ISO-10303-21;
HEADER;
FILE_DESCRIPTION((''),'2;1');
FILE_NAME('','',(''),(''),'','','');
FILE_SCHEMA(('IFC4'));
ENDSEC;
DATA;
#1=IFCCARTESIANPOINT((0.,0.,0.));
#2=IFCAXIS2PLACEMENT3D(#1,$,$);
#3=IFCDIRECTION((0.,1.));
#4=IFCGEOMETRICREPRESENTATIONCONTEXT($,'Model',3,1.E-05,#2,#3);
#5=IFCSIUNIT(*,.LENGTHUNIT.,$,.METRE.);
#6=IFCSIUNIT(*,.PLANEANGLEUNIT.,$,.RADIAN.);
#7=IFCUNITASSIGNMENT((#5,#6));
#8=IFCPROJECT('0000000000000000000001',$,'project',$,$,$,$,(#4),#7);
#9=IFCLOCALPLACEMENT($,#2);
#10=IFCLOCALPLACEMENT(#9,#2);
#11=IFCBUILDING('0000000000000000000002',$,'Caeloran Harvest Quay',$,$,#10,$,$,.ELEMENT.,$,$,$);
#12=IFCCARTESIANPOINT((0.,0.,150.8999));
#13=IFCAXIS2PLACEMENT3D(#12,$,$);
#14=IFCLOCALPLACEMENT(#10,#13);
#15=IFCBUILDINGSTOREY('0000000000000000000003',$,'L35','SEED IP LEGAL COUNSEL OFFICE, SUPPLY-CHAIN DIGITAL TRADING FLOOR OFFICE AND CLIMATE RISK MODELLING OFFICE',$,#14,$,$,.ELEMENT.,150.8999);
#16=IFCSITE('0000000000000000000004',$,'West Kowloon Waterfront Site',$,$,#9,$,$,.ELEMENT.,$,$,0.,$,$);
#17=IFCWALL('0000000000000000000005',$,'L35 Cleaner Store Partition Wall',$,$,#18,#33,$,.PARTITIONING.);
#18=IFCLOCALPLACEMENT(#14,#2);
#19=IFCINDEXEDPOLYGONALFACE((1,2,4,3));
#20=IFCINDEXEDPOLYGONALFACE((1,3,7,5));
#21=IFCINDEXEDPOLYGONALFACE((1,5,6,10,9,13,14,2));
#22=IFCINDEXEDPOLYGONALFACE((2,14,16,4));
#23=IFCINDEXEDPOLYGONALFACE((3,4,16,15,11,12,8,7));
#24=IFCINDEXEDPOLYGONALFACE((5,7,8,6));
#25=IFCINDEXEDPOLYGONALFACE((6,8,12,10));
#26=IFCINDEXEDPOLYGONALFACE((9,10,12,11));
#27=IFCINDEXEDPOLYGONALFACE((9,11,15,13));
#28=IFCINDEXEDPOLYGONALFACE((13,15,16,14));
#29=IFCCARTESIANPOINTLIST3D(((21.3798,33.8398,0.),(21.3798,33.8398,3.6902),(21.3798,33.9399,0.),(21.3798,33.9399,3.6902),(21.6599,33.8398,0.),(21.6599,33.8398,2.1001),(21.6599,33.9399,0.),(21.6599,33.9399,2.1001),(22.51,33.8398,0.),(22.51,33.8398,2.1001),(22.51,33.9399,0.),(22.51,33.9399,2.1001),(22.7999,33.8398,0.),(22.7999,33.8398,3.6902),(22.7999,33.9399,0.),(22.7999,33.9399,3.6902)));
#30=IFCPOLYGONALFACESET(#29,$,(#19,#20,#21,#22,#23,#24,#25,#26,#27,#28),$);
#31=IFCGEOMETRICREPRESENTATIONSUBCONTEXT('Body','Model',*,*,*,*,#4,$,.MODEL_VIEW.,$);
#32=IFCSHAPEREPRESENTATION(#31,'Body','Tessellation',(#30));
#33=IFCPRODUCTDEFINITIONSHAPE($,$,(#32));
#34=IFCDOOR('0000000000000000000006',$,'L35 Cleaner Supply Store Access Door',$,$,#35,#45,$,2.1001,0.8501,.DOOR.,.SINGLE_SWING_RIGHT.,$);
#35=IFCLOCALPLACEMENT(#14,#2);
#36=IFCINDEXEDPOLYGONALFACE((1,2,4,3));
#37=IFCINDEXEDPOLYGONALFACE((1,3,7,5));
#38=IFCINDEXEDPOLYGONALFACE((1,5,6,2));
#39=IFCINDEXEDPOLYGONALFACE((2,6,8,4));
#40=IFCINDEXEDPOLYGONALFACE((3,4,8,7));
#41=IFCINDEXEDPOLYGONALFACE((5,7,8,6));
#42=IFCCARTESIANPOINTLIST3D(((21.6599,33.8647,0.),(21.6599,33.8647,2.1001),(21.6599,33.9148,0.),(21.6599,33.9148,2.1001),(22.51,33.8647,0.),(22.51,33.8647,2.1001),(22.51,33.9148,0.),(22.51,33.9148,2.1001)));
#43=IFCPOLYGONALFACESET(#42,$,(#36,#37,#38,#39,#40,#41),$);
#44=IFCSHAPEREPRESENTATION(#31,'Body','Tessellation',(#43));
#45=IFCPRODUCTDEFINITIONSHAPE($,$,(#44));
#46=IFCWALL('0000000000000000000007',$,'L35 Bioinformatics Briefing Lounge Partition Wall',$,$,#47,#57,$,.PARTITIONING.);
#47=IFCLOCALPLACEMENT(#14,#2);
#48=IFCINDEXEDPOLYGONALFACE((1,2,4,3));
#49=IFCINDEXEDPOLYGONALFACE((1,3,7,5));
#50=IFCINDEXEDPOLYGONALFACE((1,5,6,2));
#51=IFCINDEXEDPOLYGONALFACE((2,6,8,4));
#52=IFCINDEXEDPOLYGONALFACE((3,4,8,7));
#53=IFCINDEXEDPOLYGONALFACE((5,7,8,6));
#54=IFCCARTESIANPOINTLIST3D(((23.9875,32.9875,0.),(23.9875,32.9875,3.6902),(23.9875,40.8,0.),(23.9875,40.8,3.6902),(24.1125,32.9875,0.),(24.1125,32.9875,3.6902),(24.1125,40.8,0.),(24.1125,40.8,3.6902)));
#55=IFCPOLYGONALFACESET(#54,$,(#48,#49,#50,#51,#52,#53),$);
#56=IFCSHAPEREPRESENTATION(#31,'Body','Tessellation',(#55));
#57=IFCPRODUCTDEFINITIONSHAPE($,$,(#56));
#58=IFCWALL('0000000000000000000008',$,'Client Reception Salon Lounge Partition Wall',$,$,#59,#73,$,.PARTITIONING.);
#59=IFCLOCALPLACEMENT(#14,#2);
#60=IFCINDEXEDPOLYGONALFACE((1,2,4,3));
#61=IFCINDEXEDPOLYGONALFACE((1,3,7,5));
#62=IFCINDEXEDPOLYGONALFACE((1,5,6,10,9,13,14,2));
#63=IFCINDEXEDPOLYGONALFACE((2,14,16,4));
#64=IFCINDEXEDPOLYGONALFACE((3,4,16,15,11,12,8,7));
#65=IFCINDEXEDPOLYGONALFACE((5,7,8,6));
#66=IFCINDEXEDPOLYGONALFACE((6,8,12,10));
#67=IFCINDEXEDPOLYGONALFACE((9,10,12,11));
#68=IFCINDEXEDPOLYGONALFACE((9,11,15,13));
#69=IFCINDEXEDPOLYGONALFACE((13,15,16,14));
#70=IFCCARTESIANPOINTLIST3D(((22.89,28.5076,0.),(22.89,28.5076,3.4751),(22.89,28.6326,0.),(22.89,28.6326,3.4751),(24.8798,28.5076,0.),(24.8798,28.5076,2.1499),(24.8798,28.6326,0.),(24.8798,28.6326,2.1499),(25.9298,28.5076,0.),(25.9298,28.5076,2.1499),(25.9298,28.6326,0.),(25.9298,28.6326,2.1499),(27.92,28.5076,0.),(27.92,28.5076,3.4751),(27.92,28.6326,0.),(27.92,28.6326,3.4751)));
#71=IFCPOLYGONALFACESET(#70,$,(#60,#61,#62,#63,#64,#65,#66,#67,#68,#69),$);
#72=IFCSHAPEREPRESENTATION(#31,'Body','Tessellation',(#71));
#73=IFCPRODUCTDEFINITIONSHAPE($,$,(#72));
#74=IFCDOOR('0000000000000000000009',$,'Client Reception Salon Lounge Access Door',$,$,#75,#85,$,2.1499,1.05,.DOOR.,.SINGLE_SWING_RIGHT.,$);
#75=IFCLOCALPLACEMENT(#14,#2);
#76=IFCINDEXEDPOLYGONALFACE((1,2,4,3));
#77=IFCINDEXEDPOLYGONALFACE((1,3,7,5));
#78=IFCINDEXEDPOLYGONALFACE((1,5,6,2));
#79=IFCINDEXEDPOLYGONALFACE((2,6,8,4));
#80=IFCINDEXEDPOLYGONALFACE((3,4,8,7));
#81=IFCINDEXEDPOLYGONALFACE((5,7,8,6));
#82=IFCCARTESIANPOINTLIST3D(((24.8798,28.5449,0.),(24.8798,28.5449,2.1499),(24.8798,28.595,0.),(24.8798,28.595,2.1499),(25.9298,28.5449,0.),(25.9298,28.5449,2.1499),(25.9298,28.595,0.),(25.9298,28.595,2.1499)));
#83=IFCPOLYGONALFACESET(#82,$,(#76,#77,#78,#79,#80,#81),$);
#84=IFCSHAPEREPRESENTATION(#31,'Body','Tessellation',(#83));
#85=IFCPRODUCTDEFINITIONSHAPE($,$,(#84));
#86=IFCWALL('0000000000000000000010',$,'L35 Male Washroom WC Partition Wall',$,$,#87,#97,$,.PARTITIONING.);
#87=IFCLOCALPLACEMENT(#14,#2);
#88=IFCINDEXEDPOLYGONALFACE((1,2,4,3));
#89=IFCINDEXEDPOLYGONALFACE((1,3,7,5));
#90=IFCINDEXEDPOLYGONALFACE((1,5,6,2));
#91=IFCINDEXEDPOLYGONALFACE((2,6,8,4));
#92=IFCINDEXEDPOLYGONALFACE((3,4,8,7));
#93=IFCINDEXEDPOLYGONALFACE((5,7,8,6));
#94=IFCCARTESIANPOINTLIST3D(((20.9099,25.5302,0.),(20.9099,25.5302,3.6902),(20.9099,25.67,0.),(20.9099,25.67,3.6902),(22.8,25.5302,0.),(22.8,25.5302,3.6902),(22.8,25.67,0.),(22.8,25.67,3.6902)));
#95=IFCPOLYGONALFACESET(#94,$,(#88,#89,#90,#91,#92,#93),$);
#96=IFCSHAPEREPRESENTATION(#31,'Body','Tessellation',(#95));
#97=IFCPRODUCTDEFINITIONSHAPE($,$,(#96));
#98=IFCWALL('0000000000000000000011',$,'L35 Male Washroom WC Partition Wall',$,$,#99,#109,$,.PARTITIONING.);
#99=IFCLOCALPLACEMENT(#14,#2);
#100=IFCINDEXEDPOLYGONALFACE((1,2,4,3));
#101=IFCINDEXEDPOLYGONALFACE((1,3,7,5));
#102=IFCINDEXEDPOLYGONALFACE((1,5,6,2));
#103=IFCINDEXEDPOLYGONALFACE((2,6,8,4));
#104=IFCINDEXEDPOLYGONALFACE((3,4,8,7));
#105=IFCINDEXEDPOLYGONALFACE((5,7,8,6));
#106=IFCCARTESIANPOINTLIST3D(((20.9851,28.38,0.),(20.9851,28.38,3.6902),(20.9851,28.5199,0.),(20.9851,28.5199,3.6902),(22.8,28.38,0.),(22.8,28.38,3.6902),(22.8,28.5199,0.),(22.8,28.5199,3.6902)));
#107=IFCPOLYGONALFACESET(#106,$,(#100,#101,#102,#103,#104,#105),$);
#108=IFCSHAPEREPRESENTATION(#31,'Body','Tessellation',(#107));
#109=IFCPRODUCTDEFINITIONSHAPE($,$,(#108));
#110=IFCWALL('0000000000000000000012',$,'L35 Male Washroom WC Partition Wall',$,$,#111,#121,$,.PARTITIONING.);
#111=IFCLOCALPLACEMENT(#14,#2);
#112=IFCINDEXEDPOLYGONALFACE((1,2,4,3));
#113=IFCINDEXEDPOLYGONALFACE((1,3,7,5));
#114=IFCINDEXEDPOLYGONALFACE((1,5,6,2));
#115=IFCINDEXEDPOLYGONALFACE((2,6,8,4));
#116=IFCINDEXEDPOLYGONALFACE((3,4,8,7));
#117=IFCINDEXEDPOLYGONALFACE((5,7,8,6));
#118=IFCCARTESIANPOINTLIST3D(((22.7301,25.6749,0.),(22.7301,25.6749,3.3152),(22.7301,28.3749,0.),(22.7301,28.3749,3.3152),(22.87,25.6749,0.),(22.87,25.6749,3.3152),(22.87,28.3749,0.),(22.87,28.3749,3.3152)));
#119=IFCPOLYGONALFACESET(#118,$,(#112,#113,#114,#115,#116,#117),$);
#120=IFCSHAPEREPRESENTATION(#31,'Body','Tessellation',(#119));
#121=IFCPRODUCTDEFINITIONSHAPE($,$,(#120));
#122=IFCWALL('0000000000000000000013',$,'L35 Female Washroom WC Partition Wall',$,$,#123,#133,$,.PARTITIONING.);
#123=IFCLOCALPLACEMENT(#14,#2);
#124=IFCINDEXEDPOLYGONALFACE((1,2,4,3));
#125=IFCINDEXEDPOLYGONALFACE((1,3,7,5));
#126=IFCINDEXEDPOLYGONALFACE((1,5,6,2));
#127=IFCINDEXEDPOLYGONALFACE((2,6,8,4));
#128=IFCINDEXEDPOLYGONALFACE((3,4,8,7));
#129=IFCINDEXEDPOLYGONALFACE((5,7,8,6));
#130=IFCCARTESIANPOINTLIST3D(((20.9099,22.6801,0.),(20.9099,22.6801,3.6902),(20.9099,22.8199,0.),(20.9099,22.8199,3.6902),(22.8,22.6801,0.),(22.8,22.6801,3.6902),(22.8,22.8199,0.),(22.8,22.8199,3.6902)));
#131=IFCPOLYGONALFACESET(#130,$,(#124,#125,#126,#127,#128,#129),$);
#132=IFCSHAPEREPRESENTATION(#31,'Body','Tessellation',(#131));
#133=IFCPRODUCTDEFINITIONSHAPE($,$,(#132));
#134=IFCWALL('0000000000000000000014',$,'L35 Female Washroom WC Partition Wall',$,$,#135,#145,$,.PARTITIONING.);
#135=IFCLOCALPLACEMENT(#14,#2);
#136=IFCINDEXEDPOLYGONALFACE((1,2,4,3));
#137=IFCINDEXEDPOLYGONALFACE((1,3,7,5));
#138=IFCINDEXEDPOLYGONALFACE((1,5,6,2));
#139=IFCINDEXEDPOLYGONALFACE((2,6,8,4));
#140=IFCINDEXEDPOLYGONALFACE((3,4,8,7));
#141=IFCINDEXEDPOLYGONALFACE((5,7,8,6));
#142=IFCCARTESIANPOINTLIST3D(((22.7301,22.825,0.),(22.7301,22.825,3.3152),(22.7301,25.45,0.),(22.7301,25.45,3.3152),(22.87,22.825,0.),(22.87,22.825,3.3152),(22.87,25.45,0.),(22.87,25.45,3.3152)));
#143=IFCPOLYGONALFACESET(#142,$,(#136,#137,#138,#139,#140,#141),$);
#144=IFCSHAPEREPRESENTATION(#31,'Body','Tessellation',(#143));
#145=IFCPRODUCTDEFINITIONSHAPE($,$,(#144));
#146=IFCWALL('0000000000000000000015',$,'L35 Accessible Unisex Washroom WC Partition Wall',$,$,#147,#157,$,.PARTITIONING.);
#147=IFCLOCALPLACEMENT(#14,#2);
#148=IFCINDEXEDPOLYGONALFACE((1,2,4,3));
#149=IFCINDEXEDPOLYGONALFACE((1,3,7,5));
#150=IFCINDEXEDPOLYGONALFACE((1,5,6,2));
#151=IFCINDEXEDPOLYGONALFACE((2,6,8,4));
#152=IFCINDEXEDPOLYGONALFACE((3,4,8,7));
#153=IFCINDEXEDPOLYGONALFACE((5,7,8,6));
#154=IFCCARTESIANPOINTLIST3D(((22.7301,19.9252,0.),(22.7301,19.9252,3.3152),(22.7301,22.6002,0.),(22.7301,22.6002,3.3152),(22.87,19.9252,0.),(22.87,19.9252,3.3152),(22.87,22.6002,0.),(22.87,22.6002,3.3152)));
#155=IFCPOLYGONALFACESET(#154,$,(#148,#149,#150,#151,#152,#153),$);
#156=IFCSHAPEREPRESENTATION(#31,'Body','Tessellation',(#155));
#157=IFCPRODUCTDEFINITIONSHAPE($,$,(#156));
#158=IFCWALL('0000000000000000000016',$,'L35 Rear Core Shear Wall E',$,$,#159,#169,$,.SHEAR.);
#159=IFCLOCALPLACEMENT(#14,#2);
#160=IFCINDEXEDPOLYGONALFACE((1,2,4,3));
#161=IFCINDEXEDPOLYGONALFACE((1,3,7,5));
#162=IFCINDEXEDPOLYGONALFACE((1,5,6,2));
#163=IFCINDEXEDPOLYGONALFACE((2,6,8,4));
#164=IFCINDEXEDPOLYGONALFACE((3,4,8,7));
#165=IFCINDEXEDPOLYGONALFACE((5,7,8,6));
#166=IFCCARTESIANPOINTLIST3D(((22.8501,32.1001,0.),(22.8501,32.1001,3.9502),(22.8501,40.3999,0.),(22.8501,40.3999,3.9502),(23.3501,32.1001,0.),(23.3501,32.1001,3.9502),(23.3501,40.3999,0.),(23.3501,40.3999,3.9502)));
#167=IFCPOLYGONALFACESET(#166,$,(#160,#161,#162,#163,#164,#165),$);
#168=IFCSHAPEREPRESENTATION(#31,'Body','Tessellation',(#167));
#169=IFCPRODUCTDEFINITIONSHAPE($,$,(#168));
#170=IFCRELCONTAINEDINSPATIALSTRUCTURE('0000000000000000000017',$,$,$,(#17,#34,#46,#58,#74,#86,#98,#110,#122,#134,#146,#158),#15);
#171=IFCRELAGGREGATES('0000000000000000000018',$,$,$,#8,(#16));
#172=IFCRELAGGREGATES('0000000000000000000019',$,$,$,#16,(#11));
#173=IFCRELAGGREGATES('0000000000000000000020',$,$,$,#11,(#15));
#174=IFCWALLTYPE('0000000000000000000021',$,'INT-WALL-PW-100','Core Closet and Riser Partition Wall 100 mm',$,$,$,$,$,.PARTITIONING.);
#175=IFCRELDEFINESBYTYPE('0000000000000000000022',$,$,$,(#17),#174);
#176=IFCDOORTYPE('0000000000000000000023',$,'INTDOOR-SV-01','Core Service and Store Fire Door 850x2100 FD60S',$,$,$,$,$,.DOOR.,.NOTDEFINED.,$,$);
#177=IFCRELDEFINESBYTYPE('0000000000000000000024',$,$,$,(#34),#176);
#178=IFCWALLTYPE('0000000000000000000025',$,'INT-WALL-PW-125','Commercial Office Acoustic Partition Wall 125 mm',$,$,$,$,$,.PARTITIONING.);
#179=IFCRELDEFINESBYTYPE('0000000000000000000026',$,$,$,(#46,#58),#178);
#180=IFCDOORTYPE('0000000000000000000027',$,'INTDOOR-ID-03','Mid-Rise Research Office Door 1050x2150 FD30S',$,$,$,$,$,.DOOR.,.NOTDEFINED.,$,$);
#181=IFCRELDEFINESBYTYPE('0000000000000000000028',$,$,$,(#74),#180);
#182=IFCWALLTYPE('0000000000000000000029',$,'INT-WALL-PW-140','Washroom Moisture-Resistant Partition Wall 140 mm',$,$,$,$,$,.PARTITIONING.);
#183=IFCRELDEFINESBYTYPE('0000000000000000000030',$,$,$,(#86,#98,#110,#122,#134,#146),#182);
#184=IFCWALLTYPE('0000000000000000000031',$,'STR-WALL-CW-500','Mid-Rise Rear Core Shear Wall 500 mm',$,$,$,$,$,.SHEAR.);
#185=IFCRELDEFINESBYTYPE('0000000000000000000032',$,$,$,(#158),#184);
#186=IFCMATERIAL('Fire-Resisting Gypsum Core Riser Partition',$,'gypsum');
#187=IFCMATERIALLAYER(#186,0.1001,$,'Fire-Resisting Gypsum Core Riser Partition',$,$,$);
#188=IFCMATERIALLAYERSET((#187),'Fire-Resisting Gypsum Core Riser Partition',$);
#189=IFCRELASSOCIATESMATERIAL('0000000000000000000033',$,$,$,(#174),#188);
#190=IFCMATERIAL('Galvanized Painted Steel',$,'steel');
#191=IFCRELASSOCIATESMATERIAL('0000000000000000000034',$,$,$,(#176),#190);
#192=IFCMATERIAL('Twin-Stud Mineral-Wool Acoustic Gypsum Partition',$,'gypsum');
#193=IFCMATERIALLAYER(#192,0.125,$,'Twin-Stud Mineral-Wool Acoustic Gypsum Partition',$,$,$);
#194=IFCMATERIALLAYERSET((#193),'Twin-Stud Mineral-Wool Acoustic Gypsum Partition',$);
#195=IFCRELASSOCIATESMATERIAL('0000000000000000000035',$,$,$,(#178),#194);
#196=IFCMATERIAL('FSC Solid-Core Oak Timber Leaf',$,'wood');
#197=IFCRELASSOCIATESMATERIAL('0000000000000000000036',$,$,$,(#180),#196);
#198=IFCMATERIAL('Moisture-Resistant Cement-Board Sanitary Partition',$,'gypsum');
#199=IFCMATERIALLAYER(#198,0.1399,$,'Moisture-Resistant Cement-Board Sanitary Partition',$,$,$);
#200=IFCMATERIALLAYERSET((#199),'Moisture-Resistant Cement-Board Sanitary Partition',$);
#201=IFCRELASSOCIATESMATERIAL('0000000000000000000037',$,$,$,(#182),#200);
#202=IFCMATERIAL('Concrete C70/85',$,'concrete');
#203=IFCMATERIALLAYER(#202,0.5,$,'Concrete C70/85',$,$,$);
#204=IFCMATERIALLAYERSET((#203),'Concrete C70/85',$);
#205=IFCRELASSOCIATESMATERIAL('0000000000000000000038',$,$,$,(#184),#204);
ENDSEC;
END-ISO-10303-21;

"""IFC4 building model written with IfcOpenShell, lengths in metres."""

from ifc_helpers import new_model, si_unit, direction, frame, frame_2d, origin, place, context, subcontext, project, spatial, rectangle, extrude, material, layer, layer_set, type_object, element, fill, save


model = new_model("IFC4")

# Units and contexts
model_context = context("Model", 3, precision=1e-05, world=origin(), true_north=direction((0.0, 1.0)))
body_context = subcontext(model_context, "Body", "Model", "MODEL_VIEW")
ifc_project = project(units=[si_unit("LENGTHUNIT", "METRE"), si_unit("PLANEANGLEUNIT", "RADIAN")], contexts=[model_context])

# Site, building, storey
site_placement = place(None, origin())
site = spatial("IfcSite", under=ifc_project, at=site_placement, Name="West Kowloon Waterfront Site", CompositionType="ELEMENT", RefElevation=0.0)
building_placement = place(site_placement, origin())
building = spatial("IfcBuilding", under=site, at=building_placement, Name="Caeloran Harvest Quay", CompositionType="ELEMENT")
storey_placement = place(building_placement, frame((0.0, 0.0, 150.8999)))
storey = spatial("IfcBuildingStorey", under=building, at=storey_placement, Name="L35", Description="SEED IP LEGAL COUNSEL OFFICE, SUPPLY-CHAIN DIGITAL TRADING FLOOR OFFICE AND CLIMATE RISK MODELLING OFFICE", CompositionType="ELEMENT", Elevation=150.8999)

# Wall, opening, door
ifc_material_1 = material(Name="Fire-Resisting Gypsum Core Riser Partition", Category="gypsum")
ifc_layer_1 = layer(ifc_material_1, 0.1001, Name="Fire-Resisting Gypsum Core Riser Partition")
ifc_layer_set_1 = layer_set([ifc_layer_1], Name="Fire-Resisting Gypsum Core Riser Partition")
wall_type_1 = type_object("IfcWallType", Name="INT-WALL-PW-100", Description="Core Closet and Riser Partition Wall 100 mm", PredefinedType="PARTITIONING", material=ifc_layer_set_1)
wall_1_placement = place(storey_placement, frame((21.3799, 33.8899, 0.0), z_axis=(0.0, 0.0, 1.0), x_axis=(1.0, 0.0, 0.0)))
wall_1 = element("IfcWall", 1, at=wall_1_placement, inside=storey, type_object=wall_type_1, Name="L35 Cleaner Store Partition Wall", PredefinedType="PARTITIONING", context=body_context, shape_type="SweptSolid", body=[
    extrude(rectangle(XDim=1.4202, YDim=0.1001, at=frame_2d((0.71, 0.0))), origin(), (0.0, 0.0, 1.0), 3.6902),
])
opening_1_placement = place(wall_1_placement, frame((0.28, 0.0, 0.0)))
opening_1 = element("IfcOpeningElement", 2, at=opening_1_placement, cuts=wall_1, PredefinedType="OPENING", context=body_context, shape_type="SweptSolid", body=[
    extrude(rectangle(XDim=0.8501, YDim=2.1001, at=frame_2d((0.425, 1.05))), frame((0.0, 0.0601, 0.0), z_axis=(0.0, -1.0, 0.0), x_axis=(1.0, 0.0, 0.0)), (0.0, 0.0, 1.0), 0.1201),
])
ifc_material_2 = material(Name="Galvanized Painted Steel", Category="steel")
door_type_1 = type_object("IfcDoorType", Name="INTDOOR-SV-01", Description="Core Service and Store Fire Door 850x2100 FD60S", OperationType="NOTDEFINED", PredefinedType="DOOR", material=ifc_material_2)
door_1_placement = place(opening_1_placement, origin())
door_1 = element("IfcDoor", 3, at=door_1_placement, inside=storey, type_object=door_type_1, Name="L35 Cleaner Supply Store Access Door", OperationType="SINGLE_SWING_RIGHT", OverallHeight=2.1001, OverallWidth=0.8501, PredefinedType="DOOR", context=body_context, shape_type="SweptSolid", body=[
    extrude(rectangle(XDim=0.8501, YDim=2.1001, at=frame_2d((0.425, 1.05))), frame((0.0, 0.0249, 0.0), z_axis=(0.0, -1.0, 0.0), x_axis=(1.0, 0.0, 0.0)), (0.0, 0.0, 1.0), 0.05),
])
fill(opening_1, door_1)

# Wall
ifc_material_3 = material(Name="Twin-Stud Mineral-Wool Acoustic Gypsum Partition", Category="gypsum")
ifc_layer_2 = layer(ifc_material_3, 0.125, Name="Twin-Stud Mineral-Wool Acoustic Gypsum Partition")
ifc_layer_set_2 = layer_set([ifc_layer_2], Name="Twin-Stud Mineral-Wool Acoustic Gypsum Partition")
wall_type_2 = type_object("IfcWallType", Name="INT-WALL-PW-125", Description="Commercial Office Acoustic Partition Wall 125 mm", PredefinedType="PARTITIONING", material=ifc_layer_set_2)
wall_2_placement = place(storey_placement, frame((24.05, 32.9875, 0.0), z_axis=(0.0, 0.0, 1.0), x_axis=(0.0, 1.0, 0.0)))
element("IfcWall", 4, at=wall_2_placement, inside=storey, type_object=wall_type_2, Name="L35 Bioinformatics Briefing Lounge Partition Wall", PredefinedType="PARTITIONING", context=body_context, shape_type="SweptSolid", body=[
    extrude(rectangle(XDim=7.8125, YDim=0.125, at=frame_2d((3.9062, 0.0))), origin(), (0.0, 0.0, 1.0), 3.6902),
])

# Wall, opening, door
wall_3_placement = place(storey_placement, frame((22.8899, 28.5701, 0.0), z_axis=(0.0, 0.0, 1.0), x_axis=(1.0, 0.0, 0.0)))
wall_3 = element("IfcWall", 5, at=wall_3_placement, inside=storey, type_object=wall_type_2, Name="Client Reception Salon Lounge Partition Wall", PredefinedType="PARTITIONING", context=body_context, shape_type="SweptSolid", body=[
    extrude(rectangle(XDim=5.03, YDim=0.125, at=frame_2d((2.5151, 0.0))), origin(), (0.0, 0.0, 1.0), 3.4751),
])
opening_2_placement = place(wall_3_placement, frame((1.99, 0.0, 0.0)))
opening_2 = element("IfcOpeningElement", 6, at=opening_2_placement, cuts=wall_3, PredefinedType="OPENING", context=body_context, shape_type="SweptSolid", body=[
    extrude(rectangle(XDim=1.05, YDim=2.1499, at=frame_2d((0.5249, 1.075))), frame((0.0, 0.0725, 0.0), z_axis=(0.0, -1.0, 0.0), x_axis=(1.0, 0.0, 0.0)), (0.0, 0.0, 1.0), 0.145),
])
ifc_material_4 = material(Name="FSC Solid-Core Oak Timber Leaf", Category="wood")
door_type_2 = type_object("IfcDoorType", Name="INTDOOR-ID-03", Description="Mid-Rise Research Office Door 1050x2150 FD30S", OperationType="NOTDEFINED", PredefinedType="DOOR", material=ifc_material_4)
door_2_placement = place(opening_2_placement, origin())
door_2 = element("IfcDoor", 7, at=door_2_placement, inside=storey, type_object=door_type_2, Name="Client Reception Salon Lounge Access Door", OperationType="SINGLE_SWING_RIGHT", OverallHeight=2.1499, OverallWidth=1.05, PredefinedType="DOOR", context=body_context, shape_type="SweptSolid", body=[
    extrude(rectangle(XDim=1.05, YDim=2.1499, at=frame_2d((0.5249, 1.075))), frame((0.0, 0.0249, 0.0), z_axis=(0.0, -1.0, 0.0), x_axis=(1.0, 0.0, 0.0)), (0.0, 0.0, 1.0), 0.05),
])
fill(opening_2, door_2)

# Wall
ifc_material_5 = material(Name="Moisture-Resistant Cement-Board Sanitary Partition", Category="gypsum")
ifc_layer_3 = layer(ifc_material_5, 0.1399, Name="Moisture-Resistant Cement-Board Sanitary Partition")
ifc_layer_set_3 = layer_set([ifc_layer_3], Name="Moisture-Resistant Cement-Board Sanitary Partition")
wall_type_3 = type_object("IfcWallType", Name="INT-WALL-PW-140", Description="Washroom Moisture-Resistant Partition Wall 140 mm", PredefinedType="PARTITIONING", material=ifc_layer_set_3)
wall_4_placement = place(storey_placement, frame((22.8, 25.6001, 0.0), z_axis=(0.0, 0.0, 1.0), x_axis=(-1.0, 0.0, 0.0)))
element("IfcWall", 8, at=wall_4_placement, inside=storey, type_object=wall_type_3, Name="L35 Male Washroom WC Partition Wall", PredefinedType="PARTITIONING", context=body_context, shape_type="SweptSolid", body=[
    extrude(rectangle(XDim=1.8901, YDim=0.1399, at=frame_2d((0.9451, 0.0))), origin(), (0.0, 0.0, 1.0), 3.6902),
])

# Walls
wall_5_placement = place(storey_placement, frame((20.9851, 28.45, 0.0), z_axis=(0.0, 0.0, 1.0), x_axis=(1.0, 0.0, 0.0)))
element("IfcWall", 9, at=wall_5_placement, inside=storey, type_object=wall_type_3, Name="L35 Male Washroom WC Partition Wall", PredefinedType="PARTITIONING", context=body_context, shape_type="SweptSolid", body=[
    extrude(rectangle(XDim=1.8149, YDim=0.1399, at=frame_2d((0.9075, 0.0))), origin(), (0.0, 0.0, 1.0), 3.6902),
])
wall_6_placement = place(storey_placement, frame((22.8, 28.375, 0.0), z_axis=(0.0, 0.0, 1.0), x_axis=(0.0, -1.0, 0.0)))
element("IfcWall", 10, at=wall_6_placement, inside=storey, type_object=wall_type_3, Name="L35 Male Washroom WC Partition Wall", PredefinedType="PARTITIONING", context=body_context, shape_type="SweptSolid", body=[
    extrude(rectangle(XDim=2.7, YDim=0.1399, at=frame_2d((1.3501, 0.0))), origin(), (0.0, 0.0, 1.0), 3.3152),
])
wall_7_placement = place(storey_placement, frame((22.8, 22.75, 0.0), z_axis=(0.0, 0.0, 1.0), x_axis=(-1.0, 0.0, 0.0)))
element("IfcWall", 11, at=wall_7_placement, inside=storey, type_object=wall_type_3, Name="L35 Female Washroom WC Partition Wall", PredefinedType="PARTITIONING", context=body_context, shape_type="SweptSolid", body=[
    extrude(rectangle(XDim=1.8901, YDim=0.1399, at=frame_2d((0.9451, 0.0))), origin(), (0.0, 0.0, 1.0), 3.6902),
])

# Walls
wall_8_placement = place(storey_placement, frame((22.8, 25.45, 0.0), z_axis=(0.0, 0.0, 1.0), x_axis=(0.0, -1.0, 0.0)))
element("IfcWall", 12, at=wall_8_placement, inside=storey, type_object=wall_type_3, Name="L35 Female Washroom WC Partition Wall", PredefinedType="PARTITIONING", context=body_context, shape_type="SweptSolid", body=[
    extrude(rectangle(XDim=2.625, YDim=0.1399, at=frame_2d((1.3125, 0.0))), origin(), (0.0, 0.0, 1.0), 3.3152),
])
wall_9_placement = place(storey_placement, frame((22.8, 22.6001, 0.0), z_axis=(0.0, 0.0, 1.0), x_axis=(0.0, -1.0, 0.0)))
element("IfcWall", 13, at=wall_9_placement, inside=storey, type_object=wall_type_3, Name="L35 Accessible Unisex Washroom WC Partition Wall", PredefinedType="PARTITIONING", context=body_context, shape_type="SweptSolid", body=[
    extrude(rectangle(XDim=2.675, YDim=0.1399, at=frame_2d((1.3374, 0.0))), origin(), (0.0, 0.0, 1.0), 3.3152),
])
ifc_material_6 = material(Name="Concrete C70/85", Category="concrete")
ifc_layer_4 = layer(ifc_material_6, 0.5, Name="Concrete C70/85")
ifc_layer_set_4 = layer_set([ifc_layer_4], Name="Concrete C70/85")
wall_type_4 = type_object("IfcWallType", Name="STR-WALL-CW-500", Description="Mid-Rise Rear Core Shear Wall 500 mm", PredefinedType="SHEAR", material=ifc_layer_set_4)
wall_10_placement = place(storey_placement, frame((23.1001, 32.1001, 0.0), z_axis=(0.0, 0.0, 1.0), x_axis=(0.0, 1.0, 0.0)))
element("IfcWall", 14, at=wall_10_placement, inside=storey, type_object=wall_type_4, Name="L35 Rear Core Shear Wall E", PredefinedType="SHEAR", context=body_context, shape_type="SweptSolid", body=[
    extrude(rectangle(XDim=8.2998, YDim=0.5, at=frame_2d((4.1499, 0.0))), origin(), (0.0, 0.0, 1.0), 3.9502),
])

save(model, "model.ifc")
